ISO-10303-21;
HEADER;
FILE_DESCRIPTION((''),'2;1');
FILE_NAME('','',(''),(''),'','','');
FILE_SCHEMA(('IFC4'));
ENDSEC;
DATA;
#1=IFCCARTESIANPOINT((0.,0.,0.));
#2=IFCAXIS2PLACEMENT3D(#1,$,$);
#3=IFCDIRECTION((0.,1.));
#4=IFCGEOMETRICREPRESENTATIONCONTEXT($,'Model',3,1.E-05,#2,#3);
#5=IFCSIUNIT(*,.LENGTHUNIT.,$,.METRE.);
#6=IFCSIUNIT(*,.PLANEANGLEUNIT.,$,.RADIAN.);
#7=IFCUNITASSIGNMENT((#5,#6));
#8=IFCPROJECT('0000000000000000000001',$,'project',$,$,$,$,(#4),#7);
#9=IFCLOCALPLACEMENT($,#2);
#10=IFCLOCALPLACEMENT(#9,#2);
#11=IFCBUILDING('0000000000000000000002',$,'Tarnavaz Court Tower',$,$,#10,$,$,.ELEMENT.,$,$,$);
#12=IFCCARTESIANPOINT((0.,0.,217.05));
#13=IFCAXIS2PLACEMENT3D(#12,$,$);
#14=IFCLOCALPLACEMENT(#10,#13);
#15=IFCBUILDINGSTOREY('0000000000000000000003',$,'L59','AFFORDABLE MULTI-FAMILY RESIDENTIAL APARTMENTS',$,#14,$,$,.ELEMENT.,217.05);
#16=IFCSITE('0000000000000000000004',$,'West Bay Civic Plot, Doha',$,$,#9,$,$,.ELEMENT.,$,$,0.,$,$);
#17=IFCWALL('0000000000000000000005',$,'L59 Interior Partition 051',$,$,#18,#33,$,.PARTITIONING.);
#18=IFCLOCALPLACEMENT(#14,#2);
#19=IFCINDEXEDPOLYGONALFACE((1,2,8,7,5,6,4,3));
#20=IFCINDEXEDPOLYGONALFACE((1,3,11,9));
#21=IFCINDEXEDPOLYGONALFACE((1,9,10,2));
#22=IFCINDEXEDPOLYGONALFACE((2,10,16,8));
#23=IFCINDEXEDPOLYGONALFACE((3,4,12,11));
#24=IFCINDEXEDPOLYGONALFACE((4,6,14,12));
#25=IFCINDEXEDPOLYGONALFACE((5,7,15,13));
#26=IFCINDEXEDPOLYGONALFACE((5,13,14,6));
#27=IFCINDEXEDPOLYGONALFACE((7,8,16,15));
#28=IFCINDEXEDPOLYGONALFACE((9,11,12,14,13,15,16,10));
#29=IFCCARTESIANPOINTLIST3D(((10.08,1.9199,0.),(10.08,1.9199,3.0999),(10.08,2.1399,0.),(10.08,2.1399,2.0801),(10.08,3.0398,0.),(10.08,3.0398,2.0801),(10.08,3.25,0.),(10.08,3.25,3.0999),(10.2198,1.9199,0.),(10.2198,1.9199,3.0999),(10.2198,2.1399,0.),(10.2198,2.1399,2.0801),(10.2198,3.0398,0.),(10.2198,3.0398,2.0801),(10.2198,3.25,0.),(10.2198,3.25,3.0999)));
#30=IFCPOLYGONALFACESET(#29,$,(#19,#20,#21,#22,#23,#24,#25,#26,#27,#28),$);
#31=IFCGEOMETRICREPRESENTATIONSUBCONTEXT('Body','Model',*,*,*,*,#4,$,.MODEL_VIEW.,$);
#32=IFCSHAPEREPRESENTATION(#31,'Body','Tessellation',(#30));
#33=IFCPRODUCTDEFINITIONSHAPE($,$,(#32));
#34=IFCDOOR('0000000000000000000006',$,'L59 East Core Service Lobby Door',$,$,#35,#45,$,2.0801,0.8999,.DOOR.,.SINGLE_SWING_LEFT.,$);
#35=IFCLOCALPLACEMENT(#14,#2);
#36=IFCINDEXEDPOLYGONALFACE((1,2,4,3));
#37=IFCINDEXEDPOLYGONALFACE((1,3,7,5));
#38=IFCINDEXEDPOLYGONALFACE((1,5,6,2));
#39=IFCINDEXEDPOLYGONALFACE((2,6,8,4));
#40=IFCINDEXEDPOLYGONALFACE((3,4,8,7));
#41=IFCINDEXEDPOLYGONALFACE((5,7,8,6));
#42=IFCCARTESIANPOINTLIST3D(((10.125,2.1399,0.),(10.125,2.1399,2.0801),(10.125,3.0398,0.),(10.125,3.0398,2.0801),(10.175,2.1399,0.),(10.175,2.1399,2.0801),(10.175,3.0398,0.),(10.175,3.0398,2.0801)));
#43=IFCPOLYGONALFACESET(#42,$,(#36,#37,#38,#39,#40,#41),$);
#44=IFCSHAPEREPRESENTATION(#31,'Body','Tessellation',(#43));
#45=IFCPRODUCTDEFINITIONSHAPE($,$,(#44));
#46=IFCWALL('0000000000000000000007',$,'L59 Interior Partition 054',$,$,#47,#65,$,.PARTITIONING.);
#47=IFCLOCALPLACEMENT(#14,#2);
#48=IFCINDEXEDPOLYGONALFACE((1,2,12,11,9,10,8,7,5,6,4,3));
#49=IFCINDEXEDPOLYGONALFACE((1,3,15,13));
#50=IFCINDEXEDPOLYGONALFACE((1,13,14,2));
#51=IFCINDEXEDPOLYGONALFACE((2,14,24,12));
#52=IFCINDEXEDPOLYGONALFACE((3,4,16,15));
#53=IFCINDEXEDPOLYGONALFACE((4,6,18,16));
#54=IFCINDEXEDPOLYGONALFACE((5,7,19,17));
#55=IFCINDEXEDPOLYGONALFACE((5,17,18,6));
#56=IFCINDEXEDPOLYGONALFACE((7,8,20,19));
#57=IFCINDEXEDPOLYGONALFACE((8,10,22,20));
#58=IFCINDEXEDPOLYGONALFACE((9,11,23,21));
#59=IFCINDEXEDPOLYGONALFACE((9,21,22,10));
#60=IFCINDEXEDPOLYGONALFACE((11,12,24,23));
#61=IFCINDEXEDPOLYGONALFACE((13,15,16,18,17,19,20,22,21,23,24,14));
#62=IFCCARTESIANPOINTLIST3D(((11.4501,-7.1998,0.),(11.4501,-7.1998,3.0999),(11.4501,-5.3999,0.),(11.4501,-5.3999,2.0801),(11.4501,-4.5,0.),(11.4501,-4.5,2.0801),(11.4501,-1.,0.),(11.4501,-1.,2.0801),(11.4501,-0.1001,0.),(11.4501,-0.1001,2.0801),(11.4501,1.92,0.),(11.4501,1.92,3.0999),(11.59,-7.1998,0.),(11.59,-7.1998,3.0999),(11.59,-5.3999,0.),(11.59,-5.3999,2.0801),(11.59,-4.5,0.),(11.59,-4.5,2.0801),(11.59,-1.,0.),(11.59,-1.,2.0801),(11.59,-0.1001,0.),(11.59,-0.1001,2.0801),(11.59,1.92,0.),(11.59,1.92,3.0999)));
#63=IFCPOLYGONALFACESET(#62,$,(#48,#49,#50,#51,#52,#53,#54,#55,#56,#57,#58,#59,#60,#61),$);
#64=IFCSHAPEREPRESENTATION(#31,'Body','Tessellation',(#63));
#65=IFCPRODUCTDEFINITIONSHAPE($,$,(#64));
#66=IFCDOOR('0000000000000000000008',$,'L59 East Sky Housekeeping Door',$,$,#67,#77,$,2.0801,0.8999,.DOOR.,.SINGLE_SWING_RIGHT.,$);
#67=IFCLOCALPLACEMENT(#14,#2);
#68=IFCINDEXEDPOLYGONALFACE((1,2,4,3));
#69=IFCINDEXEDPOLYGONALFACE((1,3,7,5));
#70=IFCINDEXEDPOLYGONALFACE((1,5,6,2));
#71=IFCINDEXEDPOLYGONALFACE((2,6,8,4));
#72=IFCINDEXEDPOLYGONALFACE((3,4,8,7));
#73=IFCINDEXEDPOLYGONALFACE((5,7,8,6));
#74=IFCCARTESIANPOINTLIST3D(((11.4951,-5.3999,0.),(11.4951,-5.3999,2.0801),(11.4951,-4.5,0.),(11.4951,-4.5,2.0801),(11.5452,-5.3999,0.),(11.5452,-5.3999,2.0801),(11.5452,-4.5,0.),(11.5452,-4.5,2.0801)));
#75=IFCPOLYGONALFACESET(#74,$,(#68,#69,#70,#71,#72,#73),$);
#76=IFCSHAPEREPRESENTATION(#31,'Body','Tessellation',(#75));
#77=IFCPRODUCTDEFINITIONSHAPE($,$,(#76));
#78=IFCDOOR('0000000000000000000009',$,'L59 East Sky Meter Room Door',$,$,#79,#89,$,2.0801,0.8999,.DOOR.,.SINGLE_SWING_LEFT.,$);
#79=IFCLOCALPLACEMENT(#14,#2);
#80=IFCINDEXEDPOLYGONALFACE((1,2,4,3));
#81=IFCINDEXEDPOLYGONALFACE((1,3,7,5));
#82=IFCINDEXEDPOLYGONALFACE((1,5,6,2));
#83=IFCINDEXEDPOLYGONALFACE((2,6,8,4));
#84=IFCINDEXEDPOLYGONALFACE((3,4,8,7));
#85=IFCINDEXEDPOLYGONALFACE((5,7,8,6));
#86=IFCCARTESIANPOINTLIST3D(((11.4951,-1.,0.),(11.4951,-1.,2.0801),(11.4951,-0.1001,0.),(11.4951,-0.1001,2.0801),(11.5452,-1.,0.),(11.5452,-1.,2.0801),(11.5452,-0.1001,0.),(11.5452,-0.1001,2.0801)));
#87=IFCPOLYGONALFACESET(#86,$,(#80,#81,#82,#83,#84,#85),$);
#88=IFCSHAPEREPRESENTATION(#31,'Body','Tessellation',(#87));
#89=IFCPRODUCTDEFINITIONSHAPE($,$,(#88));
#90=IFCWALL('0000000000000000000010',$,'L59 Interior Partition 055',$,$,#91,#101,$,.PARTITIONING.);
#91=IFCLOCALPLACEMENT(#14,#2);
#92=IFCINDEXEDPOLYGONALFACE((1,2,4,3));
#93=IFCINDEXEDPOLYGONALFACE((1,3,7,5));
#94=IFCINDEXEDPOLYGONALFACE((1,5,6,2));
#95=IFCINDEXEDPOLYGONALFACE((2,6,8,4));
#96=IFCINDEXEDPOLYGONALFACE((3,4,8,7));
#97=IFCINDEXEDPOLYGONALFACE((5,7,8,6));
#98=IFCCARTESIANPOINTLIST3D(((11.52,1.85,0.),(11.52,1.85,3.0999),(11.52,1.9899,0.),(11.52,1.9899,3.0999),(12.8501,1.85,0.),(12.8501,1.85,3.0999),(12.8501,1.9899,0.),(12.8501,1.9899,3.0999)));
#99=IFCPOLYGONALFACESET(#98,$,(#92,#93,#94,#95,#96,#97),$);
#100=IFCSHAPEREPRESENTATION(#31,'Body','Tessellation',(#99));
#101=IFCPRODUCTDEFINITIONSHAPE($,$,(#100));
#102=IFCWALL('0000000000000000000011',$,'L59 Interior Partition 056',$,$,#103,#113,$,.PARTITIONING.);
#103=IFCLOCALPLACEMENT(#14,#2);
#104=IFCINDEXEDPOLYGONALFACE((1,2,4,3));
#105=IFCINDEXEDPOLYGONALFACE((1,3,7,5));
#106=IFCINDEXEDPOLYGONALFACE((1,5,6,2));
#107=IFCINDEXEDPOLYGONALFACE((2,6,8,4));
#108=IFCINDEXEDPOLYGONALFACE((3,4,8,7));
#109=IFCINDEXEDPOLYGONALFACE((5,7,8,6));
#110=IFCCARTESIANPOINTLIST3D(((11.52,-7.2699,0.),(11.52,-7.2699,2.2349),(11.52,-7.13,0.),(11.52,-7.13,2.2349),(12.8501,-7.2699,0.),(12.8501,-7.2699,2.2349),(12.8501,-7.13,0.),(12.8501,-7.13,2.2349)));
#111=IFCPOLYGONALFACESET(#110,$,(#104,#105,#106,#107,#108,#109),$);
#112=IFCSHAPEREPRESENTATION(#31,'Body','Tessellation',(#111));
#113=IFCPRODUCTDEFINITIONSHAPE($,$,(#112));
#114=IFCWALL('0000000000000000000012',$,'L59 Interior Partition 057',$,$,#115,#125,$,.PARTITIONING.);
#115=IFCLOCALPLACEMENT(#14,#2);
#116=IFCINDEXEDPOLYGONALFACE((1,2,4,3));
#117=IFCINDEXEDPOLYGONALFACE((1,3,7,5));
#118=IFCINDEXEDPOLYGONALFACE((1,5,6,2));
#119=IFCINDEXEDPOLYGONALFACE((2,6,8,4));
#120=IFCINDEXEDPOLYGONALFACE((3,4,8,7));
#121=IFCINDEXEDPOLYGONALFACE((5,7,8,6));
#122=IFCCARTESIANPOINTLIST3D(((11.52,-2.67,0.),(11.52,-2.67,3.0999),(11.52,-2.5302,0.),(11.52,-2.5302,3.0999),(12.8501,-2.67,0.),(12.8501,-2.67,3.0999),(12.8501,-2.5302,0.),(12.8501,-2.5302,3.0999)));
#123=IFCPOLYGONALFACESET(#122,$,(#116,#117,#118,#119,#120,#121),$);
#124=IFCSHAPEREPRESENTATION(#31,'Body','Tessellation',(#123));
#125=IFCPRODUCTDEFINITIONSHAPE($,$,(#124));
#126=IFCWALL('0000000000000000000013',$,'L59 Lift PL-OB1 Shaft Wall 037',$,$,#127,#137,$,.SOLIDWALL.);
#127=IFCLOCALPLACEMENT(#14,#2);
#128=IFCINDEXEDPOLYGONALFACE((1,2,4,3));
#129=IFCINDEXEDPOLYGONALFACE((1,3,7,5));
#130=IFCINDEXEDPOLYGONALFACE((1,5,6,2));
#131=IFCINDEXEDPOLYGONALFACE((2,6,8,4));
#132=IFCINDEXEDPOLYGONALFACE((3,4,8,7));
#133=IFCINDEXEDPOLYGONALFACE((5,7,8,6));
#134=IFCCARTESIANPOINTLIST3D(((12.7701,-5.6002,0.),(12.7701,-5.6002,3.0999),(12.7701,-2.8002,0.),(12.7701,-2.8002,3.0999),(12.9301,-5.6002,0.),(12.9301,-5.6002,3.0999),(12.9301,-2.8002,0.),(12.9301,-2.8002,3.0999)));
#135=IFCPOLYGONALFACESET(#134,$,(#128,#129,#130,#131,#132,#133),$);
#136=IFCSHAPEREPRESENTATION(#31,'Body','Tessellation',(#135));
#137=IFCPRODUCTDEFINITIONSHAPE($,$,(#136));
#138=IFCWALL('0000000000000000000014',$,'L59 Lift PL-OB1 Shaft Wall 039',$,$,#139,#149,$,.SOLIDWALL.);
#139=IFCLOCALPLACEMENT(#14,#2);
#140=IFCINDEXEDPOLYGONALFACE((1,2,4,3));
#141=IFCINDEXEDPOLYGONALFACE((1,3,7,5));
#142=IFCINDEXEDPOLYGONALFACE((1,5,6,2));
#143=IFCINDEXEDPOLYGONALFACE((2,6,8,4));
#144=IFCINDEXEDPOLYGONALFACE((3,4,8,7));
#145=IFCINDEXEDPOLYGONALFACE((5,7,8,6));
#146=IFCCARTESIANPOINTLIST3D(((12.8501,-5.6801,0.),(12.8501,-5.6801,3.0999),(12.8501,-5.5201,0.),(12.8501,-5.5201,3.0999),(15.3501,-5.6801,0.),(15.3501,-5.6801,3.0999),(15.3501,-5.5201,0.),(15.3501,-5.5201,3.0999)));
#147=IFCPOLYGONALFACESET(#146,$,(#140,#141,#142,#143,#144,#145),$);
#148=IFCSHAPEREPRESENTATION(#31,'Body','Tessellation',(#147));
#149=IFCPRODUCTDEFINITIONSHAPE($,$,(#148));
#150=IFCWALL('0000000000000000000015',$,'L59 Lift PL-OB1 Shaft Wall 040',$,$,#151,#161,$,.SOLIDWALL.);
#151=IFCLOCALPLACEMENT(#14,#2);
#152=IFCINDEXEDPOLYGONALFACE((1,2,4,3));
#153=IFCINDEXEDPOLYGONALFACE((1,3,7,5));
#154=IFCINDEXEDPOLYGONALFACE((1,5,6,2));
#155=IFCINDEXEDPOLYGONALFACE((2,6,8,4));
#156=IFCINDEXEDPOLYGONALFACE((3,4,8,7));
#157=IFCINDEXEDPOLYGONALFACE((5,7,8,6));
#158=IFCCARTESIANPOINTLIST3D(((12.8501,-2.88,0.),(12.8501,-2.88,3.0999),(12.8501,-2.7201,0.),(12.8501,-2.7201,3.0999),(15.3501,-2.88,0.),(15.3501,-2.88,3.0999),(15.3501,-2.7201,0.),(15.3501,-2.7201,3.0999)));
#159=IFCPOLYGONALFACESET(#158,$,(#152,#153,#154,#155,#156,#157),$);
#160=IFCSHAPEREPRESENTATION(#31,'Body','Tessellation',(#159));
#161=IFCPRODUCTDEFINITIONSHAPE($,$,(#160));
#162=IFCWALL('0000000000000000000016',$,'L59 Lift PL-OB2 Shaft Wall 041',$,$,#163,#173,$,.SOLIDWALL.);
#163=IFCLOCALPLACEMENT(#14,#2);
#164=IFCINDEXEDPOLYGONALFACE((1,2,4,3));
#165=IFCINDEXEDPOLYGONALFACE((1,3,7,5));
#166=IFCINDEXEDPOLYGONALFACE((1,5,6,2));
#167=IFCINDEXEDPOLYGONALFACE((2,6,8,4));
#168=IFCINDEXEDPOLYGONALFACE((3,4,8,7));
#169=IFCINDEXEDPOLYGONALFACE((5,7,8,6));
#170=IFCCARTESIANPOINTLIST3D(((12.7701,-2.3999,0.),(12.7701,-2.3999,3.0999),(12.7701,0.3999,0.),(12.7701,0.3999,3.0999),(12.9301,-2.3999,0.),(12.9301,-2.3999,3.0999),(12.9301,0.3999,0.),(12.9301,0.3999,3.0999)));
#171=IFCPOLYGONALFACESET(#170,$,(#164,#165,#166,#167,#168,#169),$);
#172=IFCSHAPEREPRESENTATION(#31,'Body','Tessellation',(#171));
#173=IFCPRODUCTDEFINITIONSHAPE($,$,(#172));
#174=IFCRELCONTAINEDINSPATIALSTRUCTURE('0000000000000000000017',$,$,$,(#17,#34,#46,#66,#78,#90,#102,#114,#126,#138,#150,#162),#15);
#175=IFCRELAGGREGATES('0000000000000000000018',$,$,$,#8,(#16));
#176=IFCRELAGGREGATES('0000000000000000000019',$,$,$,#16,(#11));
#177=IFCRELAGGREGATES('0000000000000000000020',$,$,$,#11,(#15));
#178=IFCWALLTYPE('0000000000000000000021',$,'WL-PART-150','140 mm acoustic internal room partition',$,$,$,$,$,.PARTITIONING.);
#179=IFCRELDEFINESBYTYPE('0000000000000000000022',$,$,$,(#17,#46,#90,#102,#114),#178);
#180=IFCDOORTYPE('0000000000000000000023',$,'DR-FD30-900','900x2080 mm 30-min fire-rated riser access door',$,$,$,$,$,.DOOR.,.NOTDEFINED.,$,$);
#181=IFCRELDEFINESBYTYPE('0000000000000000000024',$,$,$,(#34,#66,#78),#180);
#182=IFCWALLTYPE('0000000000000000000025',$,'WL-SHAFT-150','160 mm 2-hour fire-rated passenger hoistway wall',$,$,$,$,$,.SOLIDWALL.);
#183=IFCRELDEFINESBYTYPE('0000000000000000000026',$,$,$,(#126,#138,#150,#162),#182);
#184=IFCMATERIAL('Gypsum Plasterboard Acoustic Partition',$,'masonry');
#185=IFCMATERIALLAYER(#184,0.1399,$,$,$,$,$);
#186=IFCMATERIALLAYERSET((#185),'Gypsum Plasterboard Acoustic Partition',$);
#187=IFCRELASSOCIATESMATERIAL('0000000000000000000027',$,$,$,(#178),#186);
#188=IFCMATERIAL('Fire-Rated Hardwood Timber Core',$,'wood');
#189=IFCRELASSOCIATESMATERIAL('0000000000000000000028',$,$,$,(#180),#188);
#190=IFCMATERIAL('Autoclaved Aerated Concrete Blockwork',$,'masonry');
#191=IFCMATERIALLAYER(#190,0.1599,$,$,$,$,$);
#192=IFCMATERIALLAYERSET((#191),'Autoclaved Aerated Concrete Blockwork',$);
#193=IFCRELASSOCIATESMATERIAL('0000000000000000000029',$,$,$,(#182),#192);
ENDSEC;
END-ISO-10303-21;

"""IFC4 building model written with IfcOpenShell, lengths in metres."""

from ifc_helpers import new_model, si_unit, direction, frame, frame_2d, origin, place, context, subcontext, project, spatial, rectangle, extrude, material, layer, layer_set, type_object, element, fill, save


model = new_model("IFC4")

# Units and contexts
model_context = context("Model", 3, precision=1e-05, world=origin(), true_north=direction((0.0, 1.0)))
body_context = subcontext(model_context, "Body", "Model", "MODEL_VIEW")
ifc_project = project(units=[si_unit("LENGTHUNIT", "METRE"), si_unit("PLANEANGLEUNIT", "RADIAN")], contexts=[model_context])

# Site, building, storey
site_placement = place(None, origin())
site = spatial("IfcSite", under=ifc_project, at=site_placement, Name="West Bay Civic Plot, Doha", CompositionType="ELEMENT", RefElevation=0.0)
building_placement = place(site_placement, origin())
building = spatial("IfcBuilding", under=site, at=building_placement, Name="Tarnavaz Court Tower", CompositionType="ELEMENT")
storey_placement = place(building_placement, frame((0.0, 0.0, 217.05)))
storey = spatial("IfcBuildingStorey", under=building, at=storey_placement, Name="L59", Description="AFFORDABLE MULTI-FAMILY RESIDENTIAL APARTMENTS", CompositionType="ELEMENT", Elevation=217.05)

# Shared definitions
ifc_material_1 = material(Name="Autoclaved Aerated Concrete Blockwork", Category="masonry")

# Shared definitions
ifc_material_2 = material(Name="Fire-Rated Hardwood Timber Core", Category="wood")

# Shared definitions
ifc_material_3 = material(Name="Gypsum Plasterboard Acoustic Partition", Category="masonry")
ifc_layer_1 = layer(ifc_material_3, 0.1399)
ifc_layer_set_1 = layer_set([ifc_layer_1], Name="Gypsum Plasterboard Acoustic Partition")
wall_type_1 = type_object("IfcWallType", Name="WL-PART-150", Description="140 mm acoustic internal room partition", PredefinedType="PARTITIONING", material=ifc_layer_set_1)

# Wall, opening, door
wall_1_placement = place(storey_placement, frame((10.1499, 1.9199, 0.0), z_axis=(0.0, 0.0, 1.0), x_axis=(0.0, 1.0, 0.0)))
wall_1 = element("IfcWall", 1, at=wall_1_placement, inside=storey, type_object=wall_type_1, Name="L59 Interior Partition 051", PredefinedType="PARTITIONING", context=body_context, shape_type="SweptSolid", body=[
    extrude(rectangle(XDim=1.3301, YDim=0.1399, at=frame_2d((0.665, 0.0))), origin(), (0.0, 0.0, 1.0), 3.0999),
])
opening_1_placement = place(wall_1_placement, frame((0.22, 0.0, 0.0)))
opening_1 = element("IfcOpeningElement", 2, at=opening_1_placement, cuts=wall_1, PredefinedType="OPENING", context=body_context, shape_type="SweptSolid", body=[
    extrude(rectangle(XDim=0.8999, YDim=2.0801, at=frame_2d((0.45, 1.04))), frame((0.0, 0.0798, 0.0), z_axis=(0.0, -1.0, 0.0), x_axis=(1.0, 0.0, 0.0)), (0.0, 0.0, 1.0), 0.1599),
])
door_type_1 = type_object("IfcDoorType", Name="DR-FD30-900", Description="900x2080 mm 30-min fire-rated riser access door", OperationType="NOTDEFINED", PredefinedType="DOOR", material=ifc_material_2)
door_1_placement = place(opening_1_placement, origin())
door_1 = element("IfcDoor", 3, at=door_1_placement, inside=storey, type_object=door_type_1, Name="L59 East Core Service Lobby Door", OperationType="SINGLE_SWING_LEFT", OverallHeight=2.0801, OverallWidth=0.8999, PredefinedType="DOOR", context=body_context, shape_type="SweptSolid", body=[
    extrude(rectangle(XDim=0.8999, YDim=2.0801, at=frame_2d((0.45, 1.04))), frame((0.0, 0.0249, 0.0), z_axis=(0.0, -1.0, 0.0), x_axis=(1.0, 0.0, 0.0)), (0.0, 0.0, 1.0), 0.05),
])
fill(opening_1, door_1)

# Wall, openings, doors
wall_2_placement = place(storey_placement, frame((11.52, -7.2, 0.0), z_axis=(0.0, 0.0, 1.0), x_axis=(0.0, 1.0, 0.0)))
wall_2 = element("IfcWall", 4, at=wall_2_placement, inside=storey, type_object=wall_type_1, Name="L59 Interior Partition 054", PredefinedType="PARTITIONING", context=body_context, shape_type="SweptSolid", body=[
    extrude(rectangle(XDim=9.1199, YDim=0.1399, at=frame_2d((4.5601, 0.0))), origin(), (0.0, 0.0, 1.0), 3.0999),
])
opening_2_placement = place(wall_2_placement, frame((1.8, 0.0, 0.0)))
opening_2 = element("IfcOpeningElement", 5, at=opening_2_placement, cuts=wall_2, PredefinedType="OPENING", context=body_context, shape_type="SweptSolid", body=[
    extrude(rectangle(XDim=0.8999, YDim=2.0801, at=frame_2d((0.45, 1.04))), frame((0.0, 0.0798, 0.0), z_axis=(0.0, -1.0, 0.0), x_axis=(1.0, 0.0, 0.0)), (0.0, 0.0, 1.0), 0.1599),
])
opening_3_placement = place(wall_2_placement, frame((6.2, 0.0, 0.0)))
opening_3 = element("IfcOpeningElement", 6, at=opening_3_placement, cuts=wall_2, PredefinedType="OPENING", context=body_context, shape_type="SweptSolid", body=[
    extrude(rectangle(XDim=0.8999, YDim=2.0801, at=frame_2d((0.45, 1.04))), frame((0.0, 0.0798, 0.0), z_axis=(0.0, -1.0, 0.0), x_axis=(1.0, 0.0, 0.0)), (0.0, 0.0, 1.0), 0.1599),
])
door_2_placement = place(opening_2_placement, origin())
door_2 = element("IfcDoor", 7, at=door_2_placement, inside=storey, type_object=door_type_1, Name="L59 East Sky Housekeeping Door", OperationType="SINGLE_SWING_RIGHT", OverallHeight=2.0801, OverallWidth=0.8999, PredefinedType="DOOR", context=body_context, shape_type="SweptSolid", body=[
    extrude(rectangle(XDim=0.8999, YDim=2.0801, at=frame_2d((0.45, 1.04))), frame((0.0, 0.0249, 0.0), z_axis=(0.0, -1.0, 0.0), x_axis=(1.0, 0.0, 0.0)), (0.0, 0.0, 1.0), 0.05),
])
fill(opening_2, door_2)
door_3_placement = place(opening_3_placement, origin())
door_3 = element("IfcDoor", 8, at=door_3_placement, inside=storey, type_object=door_type_1, Name="L59 East Sky Meter Room Door", OperationType="SINGLE_SWING_LEFT", OverallHeight=2.0801, OverallWidth=0.8999, PredefinedType="DOOR", context=body_context, shape_type="SweptSolid", body=[
    extrude(rectangle(XDim=0.8999, YDim=2.0801, at=frame_2d((0.45, 1.04))), frame((0.0, 0.0249, 0.0), z_axis=(0.0, -1.0, 0.0), x_axis=(1.0, 0.0, 0.0)), (0.0, 0.0, 1.0), 0.05),
])
fill(opening_3, door_3)

# Walls
wall_3_placement = place(storey_placement, frame((11.52, 1.9199, 0.0), z_axis=(0.0, 0.0, 1.0), x_axis=(1.0, 0.0, 0.0)))
element("IfcWall", 9, at=wall_3_placement, inside=storey, type_object=wall_type_1, Name="L59 Interior Partition 055", PredefinedType="PARTITIONING", context=body_context, shape_type="SweptSolid", body=[
    extrude(rectangle(XDim=1.3301, YDim=0.1399, at=frame_2d((0.665, 0.0))), origin(), (0.0, 0.0, 1.0), 3.0999),
])
wall_4_placement = place(storey_placement, frame((11.52, -7.2, 0.0), z_axis=(0.0, 0.0, 1.0), x_axis=(1.0, 0.0, 0.0)))
element("IfcWall", 10, at=wall_4_placement, inside=storey, type_object=wall_type_1, Name="L59 Interior Partition 056", PredefinedType="PARTITIONING", context=body_context, shape_type="SweptSolid", body=[
    extrude(rectangle(XDim=1.3301, YDim=0.1399, at=frame_2d((0.665, 0.0))), origin(), (0.0, 0.0, 1.0), 2.2349),
])
wall_5_placement = place(storey_placement, frame((11.52, -2.6001, 0.0), z_axis=(0.0, 0.0, 1.0), x_axis=(1.0, 0.0, 0.0)))
element("IfcWall", 11, at=wall_5_placement, inside=storey, type_object=wall_type_1, Name="L59 Interior Partition 057", PredefinedType="PARTITIONING", context=body_context, shape_type="SweptSolid", body=[
    extrude(rectangle(XDim=1.3301, YDim=0.1399, at=frame_2d((0.665, 0.0))), origin(), (0.0, 0.0, 1.0), 3.0999),
])
ifc_layer_2 = layer(ifc_material_1, 0.1599)
ifc_layer_set_2 = layer_set([ifc_layer_2], Name="Autoclaved Aerated Concrete Blockwork")
wall_type_2 = type_object("IfcWallType", Name="WL-SHAFT-150", Description="160 mm 2-hour fire-rated passenger hoistway wall", PredefinedType="SOLIDWALL", material=ifc_layer_set_2)
wall_6_placement = place(storey_placement, frame((12.8501, -5.6001, 0.0), z_axis=(0.0, 0.0, 1.0), x_axis=(0.0, 1.0, 0.0)))
element("IfcWall", 12, at=wall_6_placement, inside=storey, type_object=wall_type_2, Name="L59 Lift PL-OB1 Shaft Wall 037", PredefinedType="SOLIDWALL", context=body_context, shape_type="SweptSolid", body=[
    extrude(rectangle(XDim=2.8, YDim=0.1599, at=frame_2d((1.3999, 0.0))), origin(), (0.0, 0.0, 1.0), 3.0999),
])
for number, where, z_axis, x_axis, name in (
    (13, (12.8501, -5.6001, 0.0), (0.0, 0.0, 1.0), (1.0, 0.0, 0.0), "L59 Lift PL-OB1 Shaft Wall 039"),
    (14, (12.8501, -2.8, 0.0), (0.0, 0.0, 1.0), (1.0, 0.0, 0.0), "L59 Lift PL-OB1 Shaft Wall 040"),
):
    element("IfcWall", number, at=place(storey_placement, frame(where, z_axis=z_axis, x_axis=x_axis)), inside=storey, type_object=wall_type_2, Name=name, PredefinedType="SOLIDWALL", context=body_context, shape_type="SweptSolid", body=[
        extrude(rectangle(XDim=2.5, YDim=0.1599, at=frame_2d((1.25, 0.0))), origin(), (0.0, 0.0, 1.0), 3.0999),
    ])
wall_7_placement = place(storey_placement, frame((12.8501, -2.3999, 0.0), z_axis=(0.0, 0.0, 1.0), x_axis=(0.0, 1.0, 0.0)))
element("IfcWall", 15, at=wall_7_placement, inside=storey, type_object=wall_type_2, Name="L59 Lift PL-OB2 Shaft Wall 041", PredefinedType="SOLIDWALL", context=body_context, shape_type="SweptSolid", body=[
    extrude(rectangle(XDim=2.7998, YDim=0.1599, at=frame_2d((1.3999, 0.0))), origin(), (0.0, 0.0, 1.0), 3.0999),
])

save(model, "model.ifc")
